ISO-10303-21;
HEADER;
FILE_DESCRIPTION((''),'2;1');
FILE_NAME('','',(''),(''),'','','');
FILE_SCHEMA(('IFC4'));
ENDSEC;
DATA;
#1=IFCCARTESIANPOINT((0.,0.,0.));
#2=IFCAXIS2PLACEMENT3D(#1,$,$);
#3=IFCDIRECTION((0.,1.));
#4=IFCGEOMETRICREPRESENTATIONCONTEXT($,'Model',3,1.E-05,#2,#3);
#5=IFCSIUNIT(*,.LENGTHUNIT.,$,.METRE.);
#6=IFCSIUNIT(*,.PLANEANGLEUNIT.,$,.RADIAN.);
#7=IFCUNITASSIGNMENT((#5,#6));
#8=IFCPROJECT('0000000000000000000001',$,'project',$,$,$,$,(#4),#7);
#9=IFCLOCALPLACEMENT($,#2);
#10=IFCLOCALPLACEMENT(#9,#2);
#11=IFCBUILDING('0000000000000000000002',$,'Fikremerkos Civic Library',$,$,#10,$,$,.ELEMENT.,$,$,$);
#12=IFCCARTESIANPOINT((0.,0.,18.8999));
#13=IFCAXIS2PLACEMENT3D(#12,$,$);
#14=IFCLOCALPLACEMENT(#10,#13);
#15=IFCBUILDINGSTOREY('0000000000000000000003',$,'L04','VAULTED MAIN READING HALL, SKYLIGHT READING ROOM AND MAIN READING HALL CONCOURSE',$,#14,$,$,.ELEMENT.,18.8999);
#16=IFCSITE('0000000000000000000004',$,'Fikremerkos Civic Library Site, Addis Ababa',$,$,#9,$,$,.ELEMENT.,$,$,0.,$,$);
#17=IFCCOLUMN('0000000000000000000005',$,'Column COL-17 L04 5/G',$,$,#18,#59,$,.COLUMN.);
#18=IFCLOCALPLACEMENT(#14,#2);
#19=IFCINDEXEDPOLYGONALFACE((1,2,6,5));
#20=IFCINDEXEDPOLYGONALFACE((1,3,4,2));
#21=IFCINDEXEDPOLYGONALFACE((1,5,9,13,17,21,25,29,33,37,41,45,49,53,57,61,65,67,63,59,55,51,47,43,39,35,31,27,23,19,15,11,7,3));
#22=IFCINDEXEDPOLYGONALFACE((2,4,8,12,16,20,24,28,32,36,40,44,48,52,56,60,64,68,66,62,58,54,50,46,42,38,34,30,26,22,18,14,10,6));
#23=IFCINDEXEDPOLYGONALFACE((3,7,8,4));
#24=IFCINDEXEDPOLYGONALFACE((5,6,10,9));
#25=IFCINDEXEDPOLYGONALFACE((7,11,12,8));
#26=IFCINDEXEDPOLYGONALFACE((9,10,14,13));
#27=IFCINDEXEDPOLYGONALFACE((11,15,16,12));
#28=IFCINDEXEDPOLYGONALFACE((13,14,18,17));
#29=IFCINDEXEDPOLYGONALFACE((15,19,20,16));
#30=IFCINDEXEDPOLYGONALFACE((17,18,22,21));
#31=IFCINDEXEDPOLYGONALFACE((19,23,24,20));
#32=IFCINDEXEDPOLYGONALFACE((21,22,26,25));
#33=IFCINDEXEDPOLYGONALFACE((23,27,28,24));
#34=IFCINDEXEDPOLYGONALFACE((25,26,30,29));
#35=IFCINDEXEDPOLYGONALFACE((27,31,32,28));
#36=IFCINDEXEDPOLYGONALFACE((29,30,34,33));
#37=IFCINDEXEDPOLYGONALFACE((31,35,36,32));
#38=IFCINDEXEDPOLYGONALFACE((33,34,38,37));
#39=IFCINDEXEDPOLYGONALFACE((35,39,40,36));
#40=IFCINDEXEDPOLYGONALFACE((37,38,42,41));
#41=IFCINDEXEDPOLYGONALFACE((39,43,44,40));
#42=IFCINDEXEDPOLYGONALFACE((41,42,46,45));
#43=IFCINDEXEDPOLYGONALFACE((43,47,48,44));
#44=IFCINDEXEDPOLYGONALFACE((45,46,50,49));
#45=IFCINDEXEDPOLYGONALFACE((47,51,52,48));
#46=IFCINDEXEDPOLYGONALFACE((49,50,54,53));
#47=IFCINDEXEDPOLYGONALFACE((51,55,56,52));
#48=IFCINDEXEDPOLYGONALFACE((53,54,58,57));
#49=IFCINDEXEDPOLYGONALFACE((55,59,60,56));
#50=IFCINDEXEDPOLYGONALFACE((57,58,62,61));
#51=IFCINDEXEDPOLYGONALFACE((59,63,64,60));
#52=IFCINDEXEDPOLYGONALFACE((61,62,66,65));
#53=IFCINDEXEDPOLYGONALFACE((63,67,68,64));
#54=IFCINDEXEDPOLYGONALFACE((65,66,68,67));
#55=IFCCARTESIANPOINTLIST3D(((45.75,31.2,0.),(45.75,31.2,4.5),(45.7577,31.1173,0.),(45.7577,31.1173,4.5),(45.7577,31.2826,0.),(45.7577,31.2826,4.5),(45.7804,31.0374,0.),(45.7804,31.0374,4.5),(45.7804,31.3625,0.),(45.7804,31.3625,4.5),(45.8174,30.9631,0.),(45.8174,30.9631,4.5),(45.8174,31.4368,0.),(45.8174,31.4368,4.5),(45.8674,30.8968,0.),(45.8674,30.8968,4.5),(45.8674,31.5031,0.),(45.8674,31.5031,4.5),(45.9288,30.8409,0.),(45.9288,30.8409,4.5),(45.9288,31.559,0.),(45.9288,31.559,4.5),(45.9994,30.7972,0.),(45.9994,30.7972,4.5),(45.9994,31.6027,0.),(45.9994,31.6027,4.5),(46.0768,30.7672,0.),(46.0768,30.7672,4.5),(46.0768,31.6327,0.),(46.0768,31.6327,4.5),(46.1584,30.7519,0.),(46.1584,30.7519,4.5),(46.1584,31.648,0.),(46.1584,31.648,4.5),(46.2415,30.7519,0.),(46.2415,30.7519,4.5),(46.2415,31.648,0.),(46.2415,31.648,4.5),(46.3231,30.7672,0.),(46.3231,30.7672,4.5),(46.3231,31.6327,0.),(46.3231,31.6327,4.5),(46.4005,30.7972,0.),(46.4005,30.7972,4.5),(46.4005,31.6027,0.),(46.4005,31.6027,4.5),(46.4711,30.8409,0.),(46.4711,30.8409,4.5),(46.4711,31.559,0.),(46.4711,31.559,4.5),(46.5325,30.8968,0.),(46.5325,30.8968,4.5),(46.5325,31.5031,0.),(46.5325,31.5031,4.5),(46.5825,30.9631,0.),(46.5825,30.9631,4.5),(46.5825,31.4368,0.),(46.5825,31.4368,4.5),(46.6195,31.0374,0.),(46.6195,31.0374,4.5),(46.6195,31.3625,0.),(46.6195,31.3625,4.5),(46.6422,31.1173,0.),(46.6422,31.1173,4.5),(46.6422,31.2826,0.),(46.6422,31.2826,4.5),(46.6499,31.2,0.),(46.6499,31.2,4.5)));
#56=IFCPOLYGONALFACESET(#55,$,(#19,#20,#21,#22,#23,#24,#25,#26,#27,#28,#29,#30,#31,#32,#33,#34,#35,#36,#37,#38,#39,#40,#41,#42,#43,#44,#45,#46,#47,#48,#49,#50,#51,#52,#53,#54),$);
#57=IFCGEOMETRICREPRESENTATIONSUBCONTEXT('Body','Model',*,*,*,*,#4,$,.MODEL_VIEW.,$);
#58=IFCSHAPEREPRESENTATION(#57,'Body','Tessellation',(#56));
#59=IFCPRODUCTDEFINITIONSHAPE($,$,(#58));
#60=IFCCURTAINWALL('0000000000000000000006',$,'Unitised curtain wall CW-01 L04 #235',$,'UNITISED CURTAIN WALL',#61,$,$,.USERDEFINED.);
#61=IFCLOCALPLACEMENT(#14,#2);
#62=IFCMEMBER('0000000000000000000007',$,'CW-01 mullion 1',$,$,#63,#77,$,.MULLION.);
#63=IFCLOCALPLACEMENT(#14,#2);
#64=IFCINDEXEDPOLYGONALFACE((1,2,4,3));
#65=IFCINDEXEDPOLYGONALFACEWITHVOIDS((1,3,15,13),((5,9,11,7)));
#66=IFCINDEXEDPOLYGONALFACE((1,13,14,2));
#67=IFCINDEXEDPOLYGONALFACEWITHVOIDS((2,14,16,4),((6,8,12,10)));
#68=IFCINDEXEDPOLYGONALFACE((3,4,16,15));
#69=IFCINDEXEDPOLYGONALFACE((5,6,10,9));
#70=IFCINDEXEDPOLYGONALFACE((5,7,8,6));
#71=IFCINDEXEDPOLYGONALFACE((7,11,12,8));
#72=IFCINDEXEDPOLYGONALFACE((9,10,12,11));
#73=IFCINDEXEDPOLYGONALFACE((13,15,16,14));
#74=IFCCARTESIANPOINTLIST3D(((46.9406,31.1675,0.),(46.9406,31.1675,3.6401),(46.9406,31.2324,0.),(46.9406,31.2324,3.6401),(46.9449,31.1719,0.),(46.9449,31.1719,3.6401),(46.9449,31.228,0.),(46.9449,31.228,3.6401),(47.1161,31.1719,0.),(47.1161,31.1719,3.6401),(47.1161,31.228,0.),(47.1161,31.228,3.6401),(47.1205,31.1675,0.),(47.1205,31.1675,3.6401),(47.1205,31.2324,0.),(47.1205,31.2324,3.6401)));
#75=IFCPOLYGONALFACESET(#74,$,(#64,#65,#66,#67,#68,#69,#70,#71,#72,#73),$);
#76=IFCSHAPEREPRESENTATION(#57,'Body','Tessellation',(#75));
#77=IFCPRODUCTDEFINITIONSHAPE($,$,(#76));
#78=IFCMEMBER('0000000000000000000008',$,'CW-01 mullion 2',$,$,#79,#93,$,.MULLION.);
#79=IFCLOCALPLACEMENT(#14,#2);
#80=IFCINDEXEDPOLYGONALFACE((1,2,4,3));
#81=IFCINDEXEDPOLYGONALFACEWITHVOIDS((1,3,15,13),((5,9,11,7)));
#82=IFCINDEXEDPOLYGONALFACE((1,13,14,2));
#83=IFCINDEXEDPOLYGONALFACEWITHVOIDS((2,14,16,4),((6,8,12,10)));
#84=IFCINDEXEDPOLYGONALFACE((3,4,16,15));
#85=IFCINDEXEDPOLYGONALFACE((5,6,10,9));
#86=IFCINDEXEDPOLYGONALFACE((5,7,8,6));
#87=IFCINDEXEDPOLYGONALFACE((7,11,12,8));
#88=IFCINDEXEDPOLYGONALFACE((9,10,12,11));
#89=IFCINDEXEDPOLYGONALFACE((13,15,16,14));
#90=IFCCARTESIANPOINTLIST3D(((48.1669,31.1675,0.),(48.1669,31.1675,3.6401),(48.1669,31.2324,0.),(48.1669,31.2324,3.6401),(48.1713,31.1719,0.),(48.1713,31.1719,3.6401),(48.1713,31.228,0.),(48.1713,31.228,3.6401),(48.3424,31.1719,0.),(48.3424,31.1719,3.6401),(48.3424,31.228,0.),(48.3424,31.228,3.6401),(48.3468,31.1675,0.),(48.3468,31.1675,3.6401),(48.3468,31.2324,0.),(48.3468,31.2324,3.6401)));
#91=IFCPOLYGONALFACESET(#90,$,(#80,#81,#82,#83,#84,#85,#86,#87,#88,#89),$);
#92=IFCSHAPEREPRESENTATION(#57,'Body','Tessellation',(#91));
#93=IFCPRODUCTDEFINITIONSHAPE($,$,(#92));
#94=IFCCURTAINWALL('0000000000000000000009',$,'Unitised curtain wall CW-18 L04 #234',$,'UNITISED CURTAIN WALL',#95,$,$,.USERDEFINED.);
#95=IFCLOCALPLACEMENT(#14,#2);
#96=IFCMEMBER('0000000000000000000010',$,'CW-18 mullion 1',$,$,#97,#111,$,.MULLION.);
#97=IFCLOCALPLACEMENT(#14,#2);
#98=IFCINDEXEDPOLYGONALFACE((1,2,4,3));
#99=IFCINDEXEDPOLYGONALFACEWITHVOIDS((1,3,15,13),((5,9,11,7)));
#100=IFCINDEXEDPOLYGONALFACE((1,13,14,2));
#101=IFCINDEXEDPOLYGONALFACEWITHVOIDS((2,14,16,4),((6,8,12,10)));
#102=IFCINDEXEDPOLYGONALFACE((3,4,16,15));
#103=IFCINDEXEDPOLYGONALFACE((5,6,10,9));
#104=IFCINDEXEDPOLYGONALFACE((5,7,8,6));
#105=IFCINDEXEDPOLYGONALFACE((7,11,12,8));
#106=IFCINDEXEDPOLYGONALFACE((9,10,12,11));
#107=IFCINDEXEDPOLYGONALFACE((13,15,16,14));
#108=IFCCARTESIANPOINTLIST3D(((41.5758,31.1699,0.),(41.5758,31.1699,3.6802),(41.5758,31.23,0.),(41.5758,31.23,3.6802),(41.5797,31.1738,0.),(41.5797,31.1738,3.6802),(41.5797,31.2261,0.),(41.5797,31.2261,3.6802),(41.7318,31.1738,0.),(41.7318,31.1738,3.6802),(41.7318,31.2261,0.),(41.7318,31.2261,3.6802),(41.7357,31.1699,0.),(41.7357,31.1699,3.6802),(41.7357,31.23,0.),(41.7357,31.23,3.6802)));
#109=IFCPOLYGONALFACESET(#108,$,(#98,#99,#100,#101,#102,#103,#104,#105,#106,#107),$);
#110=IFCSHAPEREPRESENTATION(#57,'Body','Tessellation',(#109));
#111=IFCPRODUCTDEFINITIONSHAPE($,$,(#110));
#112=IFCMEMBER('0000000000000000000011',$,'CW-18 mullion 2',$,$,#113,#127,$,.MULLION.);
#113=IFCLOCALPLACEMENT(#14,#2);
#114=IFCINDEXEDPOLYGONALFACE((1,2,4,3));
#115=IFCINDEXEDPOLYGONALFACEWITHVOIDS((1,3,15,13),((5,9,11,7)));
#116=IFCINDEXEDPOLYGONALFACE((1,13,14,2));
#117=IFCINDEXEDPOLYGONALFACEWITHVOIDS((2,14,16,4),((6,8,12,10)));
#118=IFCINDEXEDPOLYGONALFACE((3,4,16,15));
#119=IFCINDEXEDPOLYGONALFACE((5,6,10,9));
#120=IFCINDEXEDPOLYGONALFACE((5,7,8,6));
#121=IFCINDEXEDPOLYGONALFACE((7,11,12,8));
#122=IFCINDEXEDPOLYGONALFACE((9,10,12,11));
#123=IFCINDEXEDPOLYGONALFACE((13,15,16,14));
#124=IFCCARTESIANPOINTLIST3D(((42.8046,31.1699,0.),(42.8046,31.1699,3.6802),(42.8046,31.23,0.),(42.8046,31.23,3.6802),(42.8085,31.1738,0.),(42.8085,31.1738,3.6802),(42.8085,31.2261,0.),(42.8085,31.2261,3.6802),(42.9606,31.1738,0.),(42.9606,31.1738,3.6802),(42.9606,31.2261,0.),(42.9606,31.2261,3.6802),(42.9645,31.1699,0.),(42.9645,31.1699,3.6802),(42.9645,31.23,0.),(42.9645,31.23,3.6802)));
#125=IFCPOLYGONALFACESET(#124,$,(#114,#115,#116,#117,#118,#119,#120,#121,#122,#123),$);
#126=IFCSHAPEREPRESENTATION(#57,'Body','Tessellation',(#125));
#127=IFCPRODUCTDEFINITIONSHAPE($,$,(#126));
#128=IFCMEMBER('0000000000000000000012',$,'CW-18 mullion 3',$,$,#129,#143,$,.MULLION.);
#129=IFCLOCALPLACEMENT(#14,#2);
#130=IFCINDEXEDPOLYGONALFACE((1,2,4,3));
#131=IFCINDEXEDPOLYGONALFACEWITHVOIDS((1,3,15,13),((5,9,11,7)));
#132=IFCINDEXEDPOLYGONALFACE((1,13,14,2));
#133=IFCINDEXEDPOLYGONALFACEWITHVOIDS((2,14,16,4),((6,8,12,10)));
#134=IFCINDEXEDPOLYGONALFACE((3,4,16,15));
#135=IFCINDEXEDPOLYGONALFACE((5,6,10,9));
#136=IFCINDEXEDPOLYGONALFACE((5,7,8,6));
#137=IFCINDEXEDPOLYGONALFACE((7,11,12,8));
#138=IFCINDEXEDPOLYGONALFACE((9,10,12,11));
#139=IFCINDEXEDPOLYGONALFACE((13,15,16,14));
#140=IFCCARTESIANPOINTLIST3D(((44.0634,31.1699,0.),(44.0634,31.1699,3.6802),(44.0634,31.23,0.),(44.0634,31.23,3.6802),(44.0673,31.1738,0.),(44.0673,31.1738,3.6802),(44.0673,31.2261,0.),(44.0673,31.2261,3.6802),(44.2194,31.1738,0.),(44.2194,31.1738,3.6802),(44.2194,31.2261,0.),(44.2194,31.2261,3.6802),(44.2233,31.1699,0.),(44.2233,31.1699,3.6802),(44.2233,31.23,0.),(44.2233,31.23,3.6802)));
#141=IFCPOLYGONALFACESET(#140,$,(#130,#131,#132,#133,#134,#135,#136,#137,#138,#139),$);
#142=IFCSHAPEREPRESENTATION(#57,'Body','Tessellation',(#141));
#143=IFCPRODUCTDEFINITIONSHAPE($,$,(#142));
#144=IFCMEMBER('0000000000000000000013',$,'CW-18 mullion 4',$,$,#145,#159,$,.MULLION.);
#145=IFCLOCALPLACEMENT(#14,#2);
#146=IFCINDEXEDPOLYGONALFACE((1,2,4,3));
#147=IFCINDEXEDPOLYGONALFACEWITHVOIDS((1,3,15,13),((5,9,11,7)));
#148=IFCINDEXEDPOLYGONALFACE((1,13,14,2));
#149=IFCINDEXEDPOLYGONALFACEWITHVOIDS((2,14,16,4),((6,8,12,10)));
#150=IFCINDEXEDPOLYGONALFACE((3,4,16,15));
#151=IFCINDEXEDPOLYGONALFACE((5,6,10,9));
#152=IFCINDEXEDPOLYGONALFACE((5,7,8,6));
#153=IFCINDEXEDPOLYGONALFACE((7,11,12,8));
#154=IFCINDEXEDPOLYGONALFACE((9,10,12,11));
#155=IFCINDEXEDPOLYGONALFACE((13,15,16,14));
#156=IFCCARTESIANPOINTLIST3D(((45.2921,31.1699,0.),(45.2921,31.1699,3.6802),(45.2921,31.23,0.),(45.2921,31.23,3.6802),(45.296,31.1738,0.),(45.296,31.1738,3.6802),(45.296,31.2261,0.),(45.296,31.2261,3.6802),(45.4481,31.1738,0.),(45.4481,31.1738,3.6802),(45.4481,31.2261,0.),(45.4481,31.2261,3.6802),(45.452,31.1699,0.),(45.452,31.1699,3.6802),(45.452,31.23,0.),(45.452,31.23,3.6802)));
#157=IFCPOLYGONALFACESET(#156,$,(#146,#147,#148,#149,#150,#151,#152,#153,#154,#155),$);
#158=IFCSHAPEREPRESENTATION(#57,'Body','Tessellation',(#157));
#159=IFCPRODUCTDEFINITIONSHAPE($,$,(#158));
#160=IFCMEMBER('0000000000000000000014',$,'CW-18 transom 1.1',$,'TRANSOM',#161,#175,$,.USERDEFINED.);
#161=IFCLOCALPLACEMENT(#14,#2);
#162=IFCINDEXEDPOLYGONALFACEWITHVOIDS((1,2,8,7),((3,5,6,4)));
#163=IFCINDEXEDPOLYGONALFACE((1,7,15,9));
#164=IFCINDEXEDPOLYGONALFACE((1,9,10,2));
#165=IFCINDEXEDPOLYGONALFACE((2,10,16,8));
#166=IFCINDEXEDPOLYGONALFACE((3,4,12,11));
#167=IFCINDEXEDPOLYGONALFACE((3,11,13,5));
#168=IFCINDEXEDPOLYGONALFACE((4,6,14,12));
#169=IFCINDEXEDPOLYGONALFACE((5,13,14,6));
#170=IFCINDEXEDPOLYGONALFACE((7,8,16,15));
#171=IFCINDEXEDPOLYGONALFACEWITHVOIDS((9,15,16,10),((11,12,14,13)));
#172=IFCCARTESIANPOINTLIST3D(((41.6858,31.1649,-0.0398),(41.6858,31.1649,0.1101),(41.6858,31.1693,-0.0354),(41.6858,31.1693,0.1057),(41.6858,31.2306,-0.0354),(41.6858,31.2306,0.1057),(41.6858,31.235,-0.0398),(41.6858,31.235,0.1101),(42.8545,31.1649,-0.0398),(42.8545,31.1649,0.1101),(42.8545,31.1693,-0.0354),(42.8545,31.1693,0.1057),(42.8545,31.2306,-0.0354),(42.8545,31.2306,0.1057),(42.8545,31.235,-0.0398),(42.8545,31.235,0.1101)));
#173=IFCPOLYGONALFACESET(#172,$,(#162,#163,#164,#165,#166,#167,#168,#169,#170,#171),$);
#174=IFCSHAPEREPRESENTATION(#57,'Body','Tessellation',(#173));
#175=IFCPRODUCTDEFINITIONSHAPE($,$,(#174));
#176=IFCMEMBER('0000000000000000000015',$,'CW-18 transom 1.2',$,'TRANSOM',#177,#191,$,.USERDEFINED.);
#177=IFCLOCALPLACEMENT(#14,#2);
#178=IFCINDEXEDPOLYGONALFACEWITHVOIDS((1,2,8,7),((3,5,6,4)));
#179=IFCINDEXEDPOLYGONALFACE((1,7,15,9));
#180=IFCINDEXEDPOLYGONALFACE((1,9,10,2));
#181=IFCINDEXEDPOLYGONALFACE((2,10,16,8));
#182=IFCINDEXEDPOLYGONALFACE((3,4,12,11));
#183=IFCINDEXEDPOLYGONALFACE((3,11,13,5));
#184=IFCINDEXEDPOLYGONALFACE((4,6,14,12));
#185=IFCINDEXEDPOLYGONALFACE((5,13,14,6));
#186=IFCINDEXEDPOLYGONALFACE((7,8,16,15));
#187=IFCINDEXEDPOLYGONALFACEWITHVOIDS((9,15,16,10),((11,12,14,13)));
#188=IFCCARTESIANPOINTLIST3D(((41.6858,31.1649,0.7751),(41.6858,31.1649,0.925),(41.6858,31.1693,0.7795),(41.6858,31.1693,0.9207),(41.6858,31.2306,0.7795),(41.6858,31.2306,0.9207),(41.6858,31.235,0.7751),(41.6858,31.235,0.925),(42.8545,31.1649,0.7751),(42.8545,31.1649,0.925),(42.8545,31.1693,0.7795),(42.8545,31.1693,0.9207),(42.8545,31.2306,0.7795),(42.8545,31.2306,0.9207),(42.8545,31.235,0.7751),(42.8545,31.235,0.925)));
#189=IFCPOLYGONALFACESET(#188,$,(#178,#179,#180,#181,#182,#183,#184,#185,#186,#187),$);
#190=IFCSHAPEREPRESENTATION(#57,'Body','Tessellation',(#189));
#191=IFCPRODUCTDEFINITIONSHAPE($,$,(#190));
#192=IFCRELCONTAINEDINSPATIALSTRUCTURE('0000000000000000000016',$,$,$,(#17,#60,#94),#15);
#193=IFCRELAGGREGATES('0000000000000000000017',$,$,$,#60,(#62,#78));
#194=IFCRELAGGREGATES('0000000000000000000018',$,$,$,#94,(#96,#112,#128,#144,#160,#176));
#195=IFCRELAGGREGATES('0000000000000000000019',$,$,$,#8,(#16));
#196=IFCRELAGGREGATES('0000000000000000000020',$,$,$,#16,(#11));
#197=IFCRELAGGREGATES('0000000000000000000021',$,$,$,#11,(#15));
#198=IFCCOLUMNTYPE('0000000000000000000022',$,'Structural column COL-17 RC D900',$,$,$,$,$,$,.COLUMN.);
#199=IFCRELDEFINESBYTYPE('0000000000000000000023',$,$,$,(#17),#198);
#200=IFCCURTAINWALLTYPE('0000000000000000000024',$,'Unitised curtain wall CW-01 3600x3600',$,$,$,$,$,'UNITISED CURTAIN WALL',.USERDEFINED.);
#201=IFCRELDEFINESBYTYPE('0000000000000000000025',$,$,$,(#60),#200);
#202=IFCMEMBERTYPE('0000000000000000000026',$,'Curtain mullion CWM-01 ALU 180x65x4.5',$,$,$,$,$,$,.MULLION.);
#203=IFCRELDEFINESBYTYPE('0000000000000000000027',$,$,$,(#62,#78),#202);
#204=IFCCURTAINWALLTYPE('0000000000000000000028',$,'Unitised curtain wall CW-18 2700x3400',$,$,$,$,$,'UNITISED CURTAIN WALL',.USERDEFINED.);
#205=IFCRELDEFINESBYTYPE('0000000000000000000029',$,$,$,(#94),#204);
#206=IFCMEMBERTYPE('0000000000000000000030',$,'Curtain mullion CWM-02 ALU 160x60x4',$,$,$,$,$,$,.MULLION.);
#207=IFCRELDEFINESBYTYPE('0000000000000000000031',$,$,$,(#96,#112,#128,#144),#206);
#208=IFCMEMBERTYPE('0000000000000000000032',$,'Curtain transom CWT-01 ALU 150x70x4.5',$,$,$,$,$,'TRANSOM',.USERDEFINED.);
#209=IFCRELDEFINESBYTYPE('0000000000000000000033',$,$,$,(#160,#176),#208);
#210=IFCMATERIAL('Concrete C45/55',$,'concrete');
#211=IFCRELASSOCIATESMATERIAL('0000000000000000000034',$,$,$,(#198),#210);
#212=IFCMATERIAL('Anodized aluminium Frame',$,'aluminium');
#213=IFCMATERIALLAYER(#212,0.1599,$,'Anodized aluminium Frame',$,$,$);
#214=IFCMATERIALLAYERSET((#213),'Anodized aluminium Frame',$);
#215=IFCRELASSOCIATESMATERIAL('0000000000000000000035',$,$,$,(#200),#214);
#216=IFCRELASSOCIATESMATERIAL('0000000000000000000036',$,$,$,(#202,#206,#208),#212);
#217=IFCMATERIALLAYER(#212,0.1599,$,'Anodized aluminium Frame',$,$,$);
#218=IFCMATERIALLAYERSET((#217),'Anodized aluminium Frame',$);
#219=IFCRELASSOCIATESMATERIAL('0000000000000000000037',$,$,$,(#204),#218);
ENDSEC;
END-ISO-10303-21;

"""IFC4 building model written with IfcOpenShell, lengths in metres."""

from ifc_helpers import new_model, si_unit, direction, frame, origin, origin_2d, place, context, subcontext, project, spatial, hollow_rectangle, circle, extrude, material, layer, layer_set, material_profile, profile_set, type_object, element, aggregate, save


model = new_model("IFC4")

# Units and contexts
model_context = context("Model", 3, precision=1e-05, world=origin(), true_north=direction((0.0, 1.0)))
body_context = subcontext(model_context, "Body", "Model", "MODEL_VIEW")
ifc_project = project(units=[si_unit("LENGTHUNIT", "METRE"), si_unit("PLANEANGLEUNIT", "RADIAN")], contexts=[model_context])

# Site, building, storey
site_placement = place(None, origin())
site = spatial("IfcSite", under=ifc_project, at=site_placement, Name="Fikremerkos Civic Library Site, Addis Ababa", CompositionType="ELEMENT", RefElevation=0.0)
building_placement = place(site_placement, origin())
building = spatial("IfcBuilding", under=site, at=building_placement, Name="Fikremerkos Civic Library", CompositionType="ELEMENT")
storey_placement = place(building_placement, frame((0.0, 0.0, 18.8999)))
storey = spatial("IfcBuildingStorey", under=building, at=storey_placement, Name="L04", Description="VAULTED MAIN READING HALL, SKYLIGHT READING ROOM AND MAIN READING HALL CONCOURSE", CompositionType="ELEMENT", Elevation=18.8999)

# Column
ifc_material_1 = material(Name="Concrete C45/55", Category="concrete")
ifc_material_profile_1 = material_profile(ifc_material_1, circle(Radius=0.45, at=origin_2d()), Name="RC D900")
ifc_profile_set_1 = profile_set([ifc_material_profile_1], Name="Concrete C45/55")
column_type = type_object("IfcColumnType", Name="Structural column COL-17 RC D900", PredefinedType="COLUMN", material=ifc_profile_set_1)
column_placement = place(storey_placement, frame((46.2, 31.2, 0.0), z_axis=(0.0, 0.0, 1.0), x_axis=(1.0, 0.0, 0.0)))
element("IfcColumn", 1, at=column_placement, inside=storey, type_object=column_type, Name="Column COL-17 L04 5/G", PredefinedType="COLUMN", context=body_context, shape_type="SweptSolid", body=[
    extrude(circle(Radius=0.45, at=origin_2d()), origin(), (0.0, 0.0, 1.0), 4.5),
])

# Curtain walls, members
ifc_material_2 = material(Name="Anodized aluminium Frame", Category="aluminium")
ifc_layer_1 = layer(ifc_material_2, 0.1599, Name="Anodized aluminium Frame")
ifc_layer_set_1 = layer_set([ifc_layer_1], Name="Anodized aluminium Frame")
curtain_wall_type_1 = type_object("IfcCurtainWallType", Name="Unitised curtain wall CW-01 3600x3600", ElementType="UNITISED CURTAIN WALL", PredefinedType="USERDEFINED", material=ifc_layer_set_1)
curtain_wall_1_placement = place(storey_placement, origin())
curtain_wall_1 = element("IfcCurtainWall", 2, at=curtain_wall_1_placement, inside=storey, type_object=curtain_wall_type_1, Name="Unitised curtain wall CW-01 L04 #235", ObjectType="UNITISED CURTAIN WALL", PredefinedType="USERDEFINED")
ifc_material_profile_2 = material_profile(ifc_material_2, hollow_rectangle(XDim=0.0649, YDim=0.1799, WallThickness=0.0044, at=origin_2d()), Name="ALU 180x65x4.5")
ifc_profile_set_2 = profile_set([ifc_material_profile_2], Name="Anodized aluminium Frame")
member_type_1 = type_object("IfcMemberType", Name="Curtain mullion CWM-01 ALU 180x65x4.5", PredefinedType="MULLION", material=ifc_profile_set_2)
member_1_placement = place(storey_placement, frame((47.0305, 31.2, 0.0), z_axis=(0.0, 0.0, 1.0), x_axis=(0.0, 1.0, 0.0)))
member_1 = element("IfcMember", 3, at=member_1_placement, type_object=member_type_1, Name="CW-01 mullion 1", PredefinedType="MULLION", context=body_context, shape_type="SweptSolid", body=[
    extrude(hollow_rectangle(XDim=0.0649, YDim=0.1799, WallThickness=0.0044, at=origin_2d()), origin(), (0.0, 0.0, 1.0), 3.6401),
])
member_2_placement = place(storey_placement, frame((48.2568, 31.2, 0.0), z_axis=(0.0, 0.0, 1.0), x_axis=(0.0, 1.0, 0.0)))
member_2 = element("IfcMember", 4, at=member_2_placement, type_object=member_type_1, Name="CW-01 mullion 2", PredefinedType="MULLION", context=body_context, shape_type="SweptSolid", body=[
    extrude(hollow_rectangle(XDim=0.0649, YDim=0.1799, WallThickness=0.0044, at=origin_2d()), origin(), (0.0, 0.0, 1.0), 3.6401),
])
ifc_layer_2 = layer(ifc_material_2, 0.1599, Name="Anodized aluminium Frame")
ifc_layer_set_2 = layer_set([ifc_layer_2], Name="Anodized aluminium Frame")
curtain_wall_type_2 = type_object("IfcCurtainWallType", Name="Unitised curtain wall CW-18 2700x3400", ElementType="UNITISED CURTAIN WALL", PredefinedType="USERDEFINED", material=ifc_layer_set_2)
curtain_wall_2_placement = place(storey_placement, origin())
curtain_wall_2 = element("IfcCurtainWall", 5, at=curtain_wall_2_placement, inside=storey, type_object=curtain_wall_type_2, Name="Unitised curtain wall CW-18 L04 #234", ObjectType="UNITISED CURTAIN WALL", PredefinedType="USERDEFINED")
ifc_material_profile_3 = material_profile(ifc_material_2, hollow_rectangle(XDim=0.0601, YDim=0.1599, WallThickness=0.0039, at=origin_2d()), Name="ALU 160x60x4")
ifc_profile_set_3 = profile_set([ifc_material_profile_3], Name="Anodized aluminium Frame")
member_type_2 = type_object("IfcMemberType", Name="Curtain mullion CWM-02 ALU 160x60x4", PredefinedType="MULLION", material=ifc_profile_set_3)
member_3_placement = place(storey_placement, frame((41.6558, 31.2, 0.0), z_axis=(0.0, 0.0, 1.0), x_axis=(0.0, 1.0, 0.0)))
member_3 = element("IfcMember", 6, at=member_3_placement, type_object=member_type_2, Name="CW-18 mullion 1", PredefinedType="MULLION", context=body_context, shape_type="SweptSolid", body=[
    extrude(hollow_rectangle(XDim=0.0601, YDim=0.1599, WallThickness=0.0039, at=origin_2d()), origin(), (0.0, 0.0, 1.0), 3.6802),
])
member_4_placement = place(storey_placement, frame((42.8845, 31.2, 0.0), z_axis=(0.0, 0.0, 1.0), x_axis=(0.0, 1.0, 0.0)))
member_4 = element("IfcMember", 7, at=member_4_placement, type_object=member_type_2, Name="CW-18 mullion 2", PredefinedType="MULLION", context=body_context, shape_type="SweptSolid", body=[
    extrude(hollow_rectangle(XDim=0.0601, YDim=0.1599, WallThickness=0.0039, at=origin_2d()), origin(), (0.0, 0.0, 1.0), 3.6802),
])
member_5_placement = place(storey_placement, frame((44.1433, 31.2, 0.0), z_axis=(0.0, 0.0, 1.0), x_axis=(0.0, 1.0, 0.0)))
member_5 = element("IfcMember", 8, at=member_5_placement, type_object=member_type_2, Name="CW-18 mullion 3", PredefinedType="MULLION", context=body_context, shape_type="SweptSolid", body=[
    extrude(hollow_rectangle(XDim=0.0601, YDim=0.1599, WallThickness=0.0039, at=origin_2d()), origin(), (0.0, 0.0, 1.0), 3.6802),
])
member_6_placement = place(storey_placement, frame((45.3721, 31.2, 0.0), z_axis=(0.0, 0.0, 1.0), x_axis=(0.0, 1.0, 0.0)))
member_6 = element("IfcMember", 9, at=member_6_placement, type_object=member_type_2, Name="CW-18 mullion 4", PredefinedType="MULLION", context=body_context, shape_type="SweptSolid", body=[
    extrude(hollow_rectangle(XDim=0.0601, YDim=0.1599, WallThickness=0.0039, at=origin_2d()), origin(), (0.0, 0.0, 1.0), 3.6802),
])
ifc_material_profile_4 = material_profile(ifc_material_2, hollow_rectangle(XDim=0.0701, YDim=0.1499, WallThickness=0.0044, at=origin_2d()), Name="ALU 150x70x4.5")
ifc_profile_set_4 = profile_set([ifc_material_profile_4], Name="Anodized aluminium Frame")
member_type_3 = type_object("IfcMemberType", Name="Curtain transom CWT-01 ALU 150x70x4.5", ElementType="TRANSOM", PredefinedType="USERDEFINED", material=ifc_profile_set_4)
member_7_placement = place(storey_placement, frame((41.6858, 31.2, 0.0352), z_axis=(1.0, 0.0, 0.0), x_axis=(0.0, 1.0, 0.0)))
member_7 = element("IfcMember", 10, at=member_7_placement, type_object=member_type_3, Name="CW-18 transom 1.1", ObjectType="TRANSOM", PredefinedType="USERDEFINED", context=body_context, shape_type="SweptSolid", body=[
    extrude(hollow_rectangle(XDim=0.0701, YDim=0.1499, WallThickness=0.0044, at=origin_2d()), origin(), (0.0, 0.0, 1.0), 1.1687),
])
member_8_placement = place(storey_placement, frame((41.6858, 31.2, 0.8501), z_axis=(1.0, 0.0, 0.0), x_axis=(0.0, 1.0, 0.0)))
member_8 = element("IfcMember", 11, at=member_8_placement, type_object=member_type_3, Name="CW-18 transom 1.2", ObjectType="TRANSOM", PredefinedType="USERDEFINED", context=body_context, shape_type="SweptSolid", body=[
    extrude(hollow_rectangle(XDim=0.0701, YDim=0.1499, WallThickness=0.0044, at=origin_2d()), origin(), (0.0, 0.0, 1.0), 1.1687),
])

aggregate(curtain_wall_1, [member_1, member_2])
aggregate(curtain_wall_2, [member_3, member_4, member_5, member_6, member_7, member_8])

save(model, "model.ifc")
